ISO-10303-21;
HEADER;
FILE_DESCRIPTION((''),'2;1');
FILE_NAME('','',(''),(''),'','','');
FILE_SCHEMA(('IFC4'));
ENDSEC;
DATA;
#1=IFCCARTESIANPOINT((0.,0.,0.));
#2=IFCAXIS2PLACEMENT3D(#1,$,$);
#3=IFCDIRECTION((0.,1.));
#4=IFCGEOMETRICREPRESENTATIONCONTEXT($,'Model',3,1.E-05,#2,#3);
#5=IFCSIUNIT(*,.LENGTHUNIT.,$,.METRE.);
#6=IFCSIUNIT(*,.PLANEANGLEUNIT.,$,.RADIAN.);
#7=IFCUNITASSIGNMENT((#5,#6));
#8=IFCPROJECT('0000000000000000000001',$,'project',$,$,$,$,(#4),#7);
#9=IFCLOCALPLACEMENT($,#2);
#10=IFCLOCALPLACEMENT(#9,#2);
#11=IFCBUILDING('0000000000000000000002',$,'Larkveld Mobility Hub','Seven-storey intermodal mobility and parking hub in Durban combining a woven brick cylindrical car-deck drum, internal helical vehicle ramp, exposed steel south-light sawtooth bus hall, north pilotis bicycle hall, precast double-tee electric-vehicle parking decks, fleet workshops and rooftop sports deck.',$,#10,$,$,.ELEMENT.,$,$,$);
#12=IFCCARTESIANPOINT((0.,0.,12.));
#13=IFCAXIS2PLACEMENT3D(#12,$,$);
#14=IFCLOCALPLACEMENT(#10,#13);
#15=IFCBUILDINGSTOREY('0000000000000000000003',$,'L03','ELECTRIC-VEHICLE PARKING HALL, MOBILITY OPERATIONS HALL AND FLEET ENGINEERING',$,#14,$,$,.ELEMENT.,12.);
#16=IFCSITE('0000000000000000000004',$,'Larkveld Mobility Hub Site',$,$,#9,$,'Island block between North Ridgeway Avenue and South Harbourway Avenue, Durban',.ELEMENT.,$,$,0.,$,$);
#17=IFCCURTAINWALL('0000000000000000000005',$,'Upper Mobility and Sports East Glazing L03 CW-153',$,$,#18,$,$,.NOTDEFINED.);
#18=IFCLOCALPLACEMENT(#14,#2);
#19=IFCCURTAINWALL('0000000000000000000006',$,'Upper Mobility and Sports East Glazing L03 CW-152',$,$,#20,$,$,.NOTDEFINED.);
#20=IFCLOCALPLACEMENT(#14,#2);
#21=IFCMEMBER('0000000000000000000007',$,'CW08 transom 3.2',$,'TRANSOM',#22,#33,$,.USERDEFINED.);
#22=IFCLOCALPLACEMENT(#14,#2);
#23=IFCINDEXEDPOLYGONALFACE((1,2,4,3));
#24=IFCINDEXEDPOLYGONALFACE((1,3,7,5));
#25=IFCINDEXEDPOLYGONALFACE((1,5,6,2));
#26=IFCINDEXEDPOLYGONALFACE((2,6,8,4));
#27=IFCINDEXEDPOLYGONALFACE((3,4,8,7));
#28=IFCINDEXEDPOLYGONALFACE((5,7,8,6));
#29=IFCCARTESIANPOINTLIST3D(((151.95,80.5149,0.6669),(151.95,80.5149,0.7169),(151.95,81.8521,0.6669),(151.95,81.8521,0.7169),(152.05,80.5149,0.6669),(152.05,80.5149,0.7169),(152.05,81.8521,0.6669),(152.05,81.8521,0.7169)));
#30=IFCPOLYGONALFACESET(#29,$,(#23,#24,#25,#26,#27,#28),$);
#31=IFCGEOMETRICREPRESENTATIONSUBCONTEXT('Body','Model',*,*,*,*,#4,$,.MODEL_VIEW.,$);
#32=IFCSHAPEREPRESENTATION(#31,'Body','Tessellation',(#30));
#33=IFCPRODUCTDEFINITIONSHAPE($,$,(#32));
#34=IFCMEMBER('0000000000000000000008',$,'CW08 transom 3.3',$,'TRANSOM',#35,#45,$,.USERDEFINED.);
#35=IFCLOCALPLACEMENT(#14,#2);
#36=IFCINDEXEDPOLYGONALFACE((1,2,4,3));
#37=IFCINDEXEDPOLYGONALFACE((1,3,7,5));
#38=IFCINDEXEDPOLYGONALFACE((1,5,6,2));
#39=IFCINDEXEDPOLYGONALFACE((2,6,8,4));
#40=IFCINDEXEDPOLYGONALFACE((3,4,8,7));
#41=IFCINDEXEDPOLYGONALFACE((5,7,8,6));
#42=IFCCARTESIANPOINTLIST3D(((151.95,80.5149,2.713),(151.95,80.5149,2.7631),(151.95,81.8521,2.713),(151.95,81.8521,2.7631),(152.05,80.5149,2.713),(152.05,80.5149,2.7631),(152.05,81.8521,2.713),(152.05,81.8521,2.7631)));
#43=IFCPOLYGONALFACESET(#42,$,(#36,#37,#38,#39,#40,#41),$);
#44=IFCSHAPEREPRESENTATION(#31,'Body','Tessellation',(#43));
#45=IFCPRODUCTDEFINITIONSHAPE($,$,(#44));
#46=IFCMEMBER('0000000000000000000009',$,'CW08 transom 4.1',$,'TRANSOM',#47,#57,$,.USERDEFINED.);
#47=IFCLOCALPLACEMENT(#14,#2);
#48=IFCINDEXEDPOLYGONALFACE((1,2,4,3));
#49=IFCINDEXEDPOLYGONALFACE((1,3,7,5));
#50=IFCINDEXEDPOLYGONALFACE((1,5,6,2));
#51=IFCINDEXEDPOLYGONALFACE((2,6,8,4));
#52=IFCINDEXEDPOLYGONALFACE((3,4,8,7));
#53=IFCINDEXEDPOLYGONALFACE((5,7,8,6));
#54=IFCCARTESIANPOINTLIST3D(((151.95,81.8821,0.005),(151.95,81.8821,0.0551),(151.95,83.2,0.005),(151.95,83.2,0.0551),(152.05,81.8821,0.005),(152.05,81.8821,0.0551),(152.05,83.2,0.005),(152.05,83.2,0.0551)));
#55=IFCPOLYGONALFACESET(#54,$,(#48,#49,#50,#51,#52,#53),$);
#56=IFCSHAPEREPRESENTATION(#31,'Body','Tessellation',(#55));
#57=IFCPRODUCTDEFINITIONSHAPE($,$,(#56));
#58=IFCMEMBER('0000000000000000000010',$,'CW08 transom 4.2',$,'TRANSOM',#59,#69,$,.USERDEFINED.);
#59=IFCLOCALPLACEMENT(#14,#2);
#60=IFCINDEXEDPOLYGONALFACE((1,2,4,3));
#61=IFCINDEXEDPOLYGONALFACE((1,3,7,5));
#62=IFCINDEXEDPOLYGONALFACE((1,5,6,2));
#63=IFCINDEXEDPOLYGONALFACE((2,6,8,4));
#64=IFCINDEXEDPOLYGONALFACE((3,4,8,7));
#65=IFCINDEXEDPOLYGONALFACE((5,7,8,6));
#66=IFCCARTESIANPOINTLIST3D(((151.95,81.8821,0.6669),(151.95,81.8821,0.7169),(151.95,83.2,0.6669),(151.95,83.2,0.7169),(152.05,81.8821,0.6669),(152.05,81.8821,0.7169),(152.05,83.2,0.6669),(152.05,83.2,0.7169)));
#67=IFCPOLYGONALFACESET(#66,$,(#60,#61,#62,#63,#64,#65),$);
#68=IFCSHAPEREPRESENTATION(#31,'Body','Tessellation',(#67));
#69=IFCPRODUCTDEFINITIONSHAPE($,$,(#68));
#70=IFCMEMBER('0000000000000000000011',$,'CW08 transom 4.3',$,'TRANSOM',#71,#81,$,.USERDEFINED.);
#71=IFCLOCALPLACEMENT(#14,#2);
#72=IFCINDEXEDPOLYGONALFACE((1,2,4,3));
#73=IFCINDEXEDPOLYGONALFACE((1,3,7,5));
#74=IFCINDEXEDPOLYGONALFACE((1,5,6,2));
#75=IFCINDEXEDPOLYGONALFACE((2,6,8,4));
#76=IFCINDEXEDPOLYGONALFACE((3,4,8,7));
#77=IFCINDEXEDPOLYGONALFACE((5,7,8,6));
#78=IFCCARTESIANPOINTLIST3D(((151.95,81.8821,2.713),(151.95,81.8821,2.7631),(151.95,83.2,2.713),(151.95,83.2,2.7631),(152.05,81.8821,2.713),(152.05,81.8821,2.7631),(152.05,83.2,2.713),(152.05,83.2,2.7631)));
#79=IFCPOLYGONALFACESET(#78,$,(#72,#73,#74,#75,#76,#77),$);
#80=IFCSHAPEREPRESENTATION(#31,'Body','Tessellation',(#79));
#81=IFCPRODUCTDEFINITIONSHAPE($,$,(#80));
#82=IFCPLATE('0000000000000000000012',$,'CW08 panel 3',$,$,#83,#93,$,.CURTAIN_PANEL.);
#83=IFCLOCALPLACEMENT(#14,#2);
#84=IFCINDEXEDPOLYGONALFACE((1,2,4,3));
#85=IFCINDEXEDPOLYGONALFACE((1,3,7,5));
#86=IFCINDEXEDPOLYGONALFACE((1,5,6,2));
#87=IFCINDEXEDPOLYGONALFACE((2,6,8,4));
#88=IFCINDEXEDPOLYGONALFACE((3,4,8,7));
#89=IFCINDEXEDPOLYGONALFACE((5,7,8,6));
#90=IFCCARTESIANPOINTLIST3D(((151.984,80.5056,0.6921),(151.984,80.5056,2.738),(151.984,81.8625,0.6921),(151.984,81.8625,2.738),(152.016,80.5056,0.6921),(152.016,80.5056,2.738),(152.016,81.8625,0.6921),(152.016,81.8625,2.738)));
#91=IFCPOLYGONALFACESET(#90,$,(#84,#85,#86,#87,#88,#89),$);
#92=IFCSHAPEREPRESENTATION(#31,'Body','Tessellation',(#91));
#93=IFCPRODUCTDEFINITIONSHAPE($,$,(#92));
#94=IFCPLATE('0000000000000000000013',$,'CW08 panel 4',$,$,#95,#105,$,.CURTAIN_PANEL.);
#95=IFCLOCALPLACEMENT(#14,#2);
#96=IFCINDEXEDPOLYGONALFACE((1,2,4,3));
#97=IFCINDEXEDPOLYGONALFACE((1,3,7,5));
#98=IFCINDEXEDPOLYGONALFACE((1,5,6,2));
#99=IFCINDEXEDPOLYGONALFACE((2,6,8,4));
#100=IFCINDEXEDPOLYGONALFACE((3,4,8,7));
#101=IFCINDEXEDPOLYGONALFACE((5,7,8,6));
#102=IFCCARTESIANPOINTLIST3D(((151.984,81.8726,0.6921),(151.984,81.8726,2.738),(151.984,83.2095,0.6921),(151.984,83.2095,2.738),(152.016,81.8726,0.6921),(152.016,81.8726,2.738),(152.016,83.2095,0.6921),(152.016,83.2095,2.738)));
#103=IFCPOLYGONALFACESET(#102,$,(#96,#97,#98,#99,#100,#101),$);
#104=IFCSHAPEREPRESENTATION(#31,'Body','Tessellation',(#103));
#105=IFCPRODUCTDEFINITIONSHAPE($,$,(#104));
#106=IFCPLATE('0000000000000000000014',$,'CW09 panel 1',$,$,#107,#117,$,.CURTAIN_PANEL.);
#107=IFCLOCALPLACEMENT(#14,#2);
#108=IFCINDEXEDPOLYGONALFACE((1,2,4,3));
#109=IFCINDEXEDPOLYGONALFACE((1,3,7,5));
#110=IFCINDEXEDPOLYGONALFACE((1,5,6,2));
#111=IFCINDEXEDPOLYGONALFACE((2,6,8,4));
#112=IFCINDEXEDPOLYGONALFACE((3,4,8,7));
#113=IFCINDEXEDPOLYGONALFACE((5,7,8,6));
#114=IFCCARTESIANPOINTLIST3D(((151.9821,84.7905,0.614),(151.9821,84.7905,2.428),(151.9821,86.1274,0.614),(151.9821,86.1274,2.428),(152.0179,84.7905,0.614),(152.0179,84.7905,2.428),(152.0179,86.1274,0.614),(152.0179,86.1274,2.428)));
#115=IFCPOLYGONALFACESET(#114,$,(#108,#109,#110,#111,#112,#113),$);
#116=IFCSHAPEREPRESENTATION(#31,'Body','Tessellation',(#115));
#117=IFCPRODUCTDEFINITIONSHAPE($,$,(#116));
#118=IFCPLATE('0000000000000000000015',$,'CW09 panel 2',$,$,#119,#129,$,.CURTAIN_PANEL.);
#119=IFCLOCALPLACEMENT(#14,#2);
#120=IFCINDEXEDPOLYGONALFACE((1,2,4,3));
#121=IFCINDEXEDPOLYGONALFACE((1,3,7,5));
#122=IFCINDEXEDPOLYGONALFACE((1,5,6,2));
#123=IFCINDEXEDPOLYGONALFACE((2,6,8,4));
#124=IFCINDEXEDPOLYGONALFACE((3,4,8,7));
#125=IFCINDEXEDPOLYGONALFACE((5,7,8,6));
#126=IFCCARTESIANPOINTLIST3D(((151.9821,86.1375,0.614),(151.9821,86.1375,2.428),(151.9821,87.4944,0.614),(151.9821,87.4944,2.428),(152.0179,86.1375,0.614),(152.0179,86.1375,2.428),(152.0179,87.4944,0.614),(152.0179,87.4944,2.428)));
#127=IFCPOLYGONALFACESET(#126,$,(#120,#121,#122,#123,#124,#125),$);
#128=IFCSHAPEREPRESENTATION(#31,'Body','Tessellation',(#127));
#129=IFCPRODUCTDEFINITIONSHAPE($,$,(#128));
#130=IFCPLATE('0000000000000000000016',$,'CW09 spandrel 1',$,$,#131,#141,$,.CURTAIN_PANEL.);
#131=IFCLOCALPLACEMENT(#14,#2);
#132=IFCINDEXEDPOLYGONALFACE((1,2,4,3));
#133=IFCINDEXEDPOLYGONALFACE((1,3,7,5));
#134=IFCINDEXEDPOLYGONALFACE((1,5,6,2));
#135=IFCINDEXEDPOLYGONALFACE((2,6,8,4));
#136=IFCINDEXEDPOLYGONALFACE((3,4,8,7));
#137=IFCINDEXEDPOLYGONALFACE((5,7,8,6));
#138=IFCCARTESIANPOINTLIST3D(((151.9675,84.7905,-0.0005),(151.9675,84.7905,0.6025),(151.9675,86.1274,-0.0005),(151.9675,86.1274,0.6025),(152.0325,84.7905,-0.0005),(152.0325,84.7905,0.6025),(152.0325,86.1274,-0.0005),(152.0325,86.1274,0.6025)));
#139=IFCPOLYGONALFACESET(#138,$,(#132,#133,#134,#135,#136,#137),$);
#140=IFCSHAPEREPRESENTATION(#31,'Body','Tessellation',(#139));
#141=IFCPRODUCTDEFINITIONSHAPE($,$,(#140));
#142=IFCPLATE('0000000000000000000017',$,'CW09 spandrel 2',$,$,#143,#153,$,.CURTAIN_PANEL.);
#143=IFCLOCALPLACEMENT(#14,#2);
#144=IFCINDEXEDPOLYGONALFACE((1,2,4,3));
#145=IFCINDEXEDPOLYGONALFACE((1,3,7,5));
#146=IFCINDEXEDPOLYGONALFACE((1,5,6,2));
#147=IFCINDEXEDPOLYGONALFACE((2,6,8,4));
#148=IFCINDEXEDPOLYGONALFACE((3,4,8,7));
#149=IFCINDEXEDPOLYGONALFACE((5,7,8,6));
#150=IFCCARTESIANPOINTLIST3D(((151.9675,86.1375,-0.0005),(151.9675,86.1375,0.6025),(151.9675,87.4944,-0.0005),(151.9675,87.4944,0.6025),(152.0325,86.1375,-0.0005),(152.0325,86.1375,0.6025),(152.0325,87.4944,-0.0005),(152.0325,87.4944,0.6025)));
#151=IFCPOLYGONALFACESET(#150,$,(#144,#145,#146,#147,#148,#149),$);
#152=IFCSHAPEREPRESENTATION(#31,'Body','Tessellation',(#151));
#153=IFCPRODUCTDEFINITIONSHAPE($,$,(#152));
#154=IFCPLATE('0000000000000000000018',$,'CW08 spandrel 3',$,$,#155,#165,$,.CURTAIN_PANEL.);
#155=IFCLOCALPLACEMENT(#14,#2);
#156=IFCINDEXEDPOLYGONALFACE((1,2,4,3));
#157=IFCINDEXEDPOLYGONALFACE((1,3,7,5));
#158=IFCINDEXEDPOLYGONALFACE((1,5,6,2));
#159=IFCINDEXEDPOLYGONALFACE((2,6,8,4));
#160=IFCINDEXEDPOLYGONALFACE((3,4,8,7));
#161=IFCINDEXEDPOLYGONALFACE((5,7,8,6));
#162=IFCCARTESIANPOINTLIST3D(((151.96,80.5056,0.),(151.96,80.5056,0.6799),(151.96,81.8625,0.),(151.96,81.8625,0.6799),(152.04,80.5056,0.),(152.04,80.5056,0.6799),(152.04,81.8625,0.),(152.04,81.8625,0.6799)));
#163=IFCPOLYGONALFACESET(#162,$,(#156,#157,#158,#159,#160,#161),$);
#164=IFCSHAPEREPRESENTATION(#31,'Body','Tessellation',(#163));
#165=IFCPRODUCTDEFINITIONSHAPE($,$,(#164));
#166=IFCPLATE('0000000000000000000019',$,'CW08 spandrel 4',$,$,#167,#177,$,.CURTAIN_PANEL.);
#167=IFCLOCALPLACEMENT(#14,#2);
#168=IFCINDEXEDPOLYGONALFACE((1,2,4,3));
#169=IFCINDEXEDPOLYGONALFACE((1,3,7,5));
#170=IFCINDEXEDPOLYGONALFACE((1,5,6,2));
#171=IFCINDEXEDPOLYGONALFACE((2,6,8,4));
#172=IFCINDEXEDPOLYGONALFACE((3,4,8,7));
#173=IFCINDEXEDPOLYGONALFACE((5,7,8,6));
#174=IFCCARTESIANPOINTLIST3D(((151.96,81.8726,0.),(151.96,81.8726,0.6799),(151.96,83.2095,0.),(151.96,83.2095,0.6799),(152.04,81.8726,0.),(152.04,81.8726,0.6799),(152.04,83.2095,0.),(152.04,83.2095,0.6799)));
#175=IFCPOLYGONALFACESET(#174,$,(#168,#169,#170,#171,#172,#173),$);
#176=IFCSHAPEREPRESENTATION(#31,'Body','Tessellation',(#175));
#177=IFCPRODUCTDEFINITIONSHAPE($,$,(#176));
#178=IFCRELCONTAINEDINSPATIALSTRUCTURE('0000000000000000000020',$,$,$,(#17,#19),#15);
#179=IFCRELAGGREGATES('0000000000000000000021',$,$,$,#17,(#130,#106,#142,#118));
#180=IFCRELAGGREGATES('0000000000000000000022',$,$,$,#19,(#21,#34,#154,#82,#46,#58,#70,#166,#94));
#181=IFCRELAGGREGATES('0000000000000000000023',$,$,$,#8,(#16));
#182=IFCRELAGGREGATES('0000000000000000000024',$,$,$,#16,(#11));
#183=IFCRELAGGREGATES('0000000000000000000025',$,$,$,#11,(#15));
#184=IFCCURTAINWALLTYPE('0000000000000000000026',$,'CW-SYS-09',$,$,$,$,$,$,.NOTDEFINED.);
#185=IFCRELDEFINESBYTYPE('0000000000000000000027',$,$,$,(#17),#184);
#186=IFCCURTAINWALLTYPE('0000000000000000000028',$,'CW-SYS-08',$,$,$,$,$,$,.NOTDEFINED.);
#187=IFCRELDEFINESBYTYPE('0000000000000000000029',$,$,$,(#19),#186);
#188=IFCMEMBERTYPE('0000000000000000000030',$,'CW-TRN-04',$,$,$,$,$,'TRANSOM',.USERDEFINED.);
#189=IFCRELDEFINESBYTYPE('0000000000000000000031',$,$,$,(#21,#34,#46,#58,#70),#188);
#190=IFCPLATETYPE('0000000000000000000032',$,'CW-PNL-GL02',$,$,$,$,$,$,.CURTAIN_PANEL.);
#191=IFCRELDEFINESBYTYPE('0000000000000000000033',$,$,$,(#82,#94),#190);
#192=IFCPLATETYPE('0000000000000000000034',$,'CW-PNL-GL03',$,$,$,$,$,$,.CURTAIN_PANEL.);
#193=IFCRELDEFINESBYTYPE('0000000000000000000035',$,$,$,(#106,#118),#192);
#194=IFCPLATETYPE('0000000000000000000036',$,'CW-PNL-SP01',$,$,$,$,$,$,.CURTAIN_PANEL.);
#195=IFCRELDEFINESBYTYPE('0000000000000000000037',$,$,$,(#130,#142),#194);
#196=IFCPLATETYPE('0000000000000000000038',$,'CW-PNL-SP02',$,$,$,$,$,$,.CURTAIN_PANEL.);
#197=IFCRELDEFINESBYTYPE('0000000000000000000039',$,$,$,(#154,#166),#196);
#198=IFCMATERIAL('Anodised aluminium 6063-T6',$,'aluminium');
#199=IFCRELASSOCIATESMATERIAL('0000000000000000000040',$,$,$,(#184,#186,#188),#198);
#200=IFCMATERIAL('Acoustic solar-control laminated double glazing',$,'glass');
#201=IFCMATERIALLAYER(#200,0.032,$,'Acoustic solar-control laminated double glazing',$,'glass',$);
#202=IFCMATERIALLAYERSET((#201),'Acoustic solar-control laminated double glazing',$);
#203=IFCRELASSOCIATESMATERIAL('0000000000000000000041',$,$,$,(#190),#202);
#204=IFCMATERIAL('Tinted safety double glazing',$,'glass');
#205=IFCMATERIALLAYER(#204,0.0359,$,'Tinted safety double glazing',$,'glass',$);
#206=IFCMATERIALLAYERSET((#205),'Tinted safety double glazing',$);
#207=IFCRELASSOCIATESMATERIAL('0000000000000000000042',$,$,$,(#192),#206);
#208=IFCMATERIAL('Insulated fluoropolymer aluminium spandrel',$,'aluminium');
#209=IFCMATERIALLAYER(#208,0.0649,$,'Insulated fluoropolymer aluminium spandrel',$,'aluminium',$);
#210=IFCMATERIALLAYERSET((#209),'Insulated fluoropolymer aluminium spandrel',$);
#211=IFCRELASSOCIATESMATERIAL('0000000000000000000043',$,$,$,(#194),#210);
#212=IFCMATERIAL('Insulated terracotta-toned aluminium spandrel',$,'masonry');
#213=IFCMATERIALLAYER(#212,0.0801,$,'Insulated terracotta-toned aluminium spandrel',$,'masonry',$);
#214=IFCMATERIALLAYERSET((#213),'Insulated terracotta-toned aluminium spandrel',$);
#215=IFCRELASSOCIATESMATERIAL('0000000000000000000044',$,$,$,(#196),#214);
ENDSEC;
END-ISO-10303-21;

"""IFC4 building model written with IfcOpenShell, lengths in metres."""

from ifc_helpers import new_model, si_unit, direction, frame, origin, origin_2d, place, context, subcontext, project, spatial, rectangle, extrude, material, layer, layer_set, material_profile, profile_set, type_object, element, aggregate, save


model = new_model("IFC4")

# Units and contexts
model_context = context("Model", 3, precision=1e-05, world=origin(), true_north=direction((0.0, 1.0)))
body_context = subcontext(model_context, "Body", "Model", "MODEL_VIEW")
ifc_project = project(units=[si_unit("LENGTHUNIT", "METRE"), si_unit("PLANEANGLEUNIT", "RADIAN")], contexts=[model_context])

# Site, building, storey
site_placement = place(None, origin())
site = spatial("IfcSite", under=ifc_project, at=site_placement, Name="Larkveld Mobility Hub Site", LongName="Island block between North Ridgeway Avenue and South Harbourway Avenue, Durban", CompositionType="ELEMENT", RefElevation=0.0)
building_placement = place(site_placement, origin())
building = spatial("IfcBuilding", under=site, at=building_placement, Name="Larkveld Mobility Hub", Description="Seven-storey intermodal mobility and parking hub in Durban combining a woven brick cylindrical car-deck drum, internal helical vehicle ramp, exposed steel south-light sawtooth bus hall, north pilotis bicycle hall, precast double-tee electric-vehicle parking decks, fleet workshops and rooftop sports deck.", CompositionType="ELEMENT")
storey_placement = place(building_placement, frame((0.0, 0.0, 12.0)))
storey = spatial("IfcBuildingStorey", under=building, at=storey_placement, Name="L03", Description="ELECTRIC-VEHICLE PARKING HALL, MOBILITY OPERATIONS HALL AND FLEET ENGINEERING", CompositionType="ELEMENT", Elevation=12.0)

# Curtain walls
ifc_material_1 = material(Name="Anodised aluminium 6063-T6", Category="aluminium")
curtain_wall_type_1 = type_object("IfcCurtainWallType", Name="CW-SYS-09", PredefinedType="NOTDEFINED", material=ifc_material_1)
curtain_wall_1_placement = place(storey_placement, origin())
curtain_wall_1 = element("IfcCurtainWall", 1, at=curtain_wall_1_placement, inside=storey, type_object=curtain_wall_type_1, Name="Upper Mobility and Sports East Glazing L03 CW-153", PredefinedType="NOTDEFINED")
curtain_wall_type_2 = type_object("IfcCurtainWallType", Name="CW-SYS-08", PredefinedType="NOTDEFINED", material=ifc_material_1)
curtain_wall_2_placement = place(storey_placement, origin())
curtain_wall_2 = element("IfcCurtainWall", 2, at=curtain_wall_2_placement, inside=storey, type_object=curtain_wall_type_2, Name="Upper Mobility and Sports East Glazing L03 CW-152", PredefinedType="NOTDEFINED")

# Members
ifc_material_profile_1 = material_profile(ifc_material_1, rectangle(XDim=0.1001, YDim=0.05, at=origin_2d()), Name="ALU TRAN 50x100")
ifc_profile_set_1 = profile_set([ifc_material_profile_1], Name="Anodised aluminium 6063-T6")
member_type_1 = type_object("IfcMemberType", Name="CW-TRN-04", ElementType="TRANSOM", PredefinedType="USERDEFINED", material=ifc_profile_set_1)
member_1_placement = place(storey_placement, frame((152.0, 80.5149, 0.6919), z_axis=(0.0, 1.0, 0.0), x_axis=(-1.0, 0.0, 0.0)))
member_1 = element("IfcMember", 3, at=member_1_placement, type_object=member_type_1, Name="CW08 transom 3.2", ObjectType="TRANSOM", PredefinedType="USERDEFINED", context=body_context, shape_type="SweptSolid", body=[
    extrude(rectangle(XDim=0.1001, YDim=0.05, at=origin_2d()), origin(), (0.0, 0.0, 1.0), 1.3372),
])
member_2_placement = place(storey_placement, frame((152.0, 80.5149, 2.738), z_axis=(0.0, 1.0, 0.0), x_axis=(-1.0, 0.0, 0.0)))
member_2 = element("IfcMember", 4, at=member_2_placement, type_object=member_type_1, Name="CW08 transom 3.3", ObjectType="TRANSOM", PredefinedType="USERDEFINED", context=body_context, shape_type="SweptSolid", body=[
    extrude(rectangle(XDim=0.1001, YDim=0.05, at=origin_2d()), origin(), (0.0, 0.0, 1.0), 1.3372),
])
member_3_placement = place(storey_placement, frame((152.0, 81.8821, 0.03), z_axis=(0.0, 1.0, 0.0), x_axis=(-1.0, 0.0, 0.0)))
member_3 = element("IfcMember", 5, at=member_3_placement, type_object=member_type_1, Name="CW08 transom 4.1", ObjectType="TRANSOM", PredefinedType="USERDEFINED", context=body_context, shape_type="SweptSolid", body=[
    extrude(rectangle(XDim=0.1001, YDim=0.05, at=origin_2d()), origin(), (0.0, 0.0, 1.0), 1.3179),
])
member_4_placement = place(storey_placement, frame((152.0, 81.8821, 0.6919), z_axis=(0.0, 1.0, 0.0), x_axis=(-1.0, 0.0, 0.0)))
member_4 = element("IfcMember", 6, at=member_4_placement, type_object=member_type_1, Name="CW08 transom 4.2", ObjectType="TRANSOM", PredefinedType="USERDEFINED", context=body_context, shape_type="SweptSolid", body=[
    extrude(rectangle(XDim=0.1001, YDim=0.05, at=origin_2d()), origin(), (0.0, 0.0, 1.0), 1.3179),
])
member_5_placement = place(storey_placement, frame((152.0, 81.8821, 2.738), z_axis=(0.0, 1.0, 0.0), x_axis=(-1.0, 0.0, 0.0)))
member_5 = element("IfcMember", 7, at=member_5_placement, type_object=member_type_1, Name="CW08 transom 4.3", ObjectType="TRANSOM", PredefinedType="USERDEFINED", context=body_context, shape_type="SweptSolid", body=[
    extrude(rectangle(XDim=0.1001, YDim=0.05, at=origin_2d()), origin(), (0.0, 0.0, 1.0), 1.3179),
])

# Plates
ifc_material_2 = material(Name="Acoustic solar-control laminated double glazing", Category="glass")
ifc_layer_1 = layer(ifc_material_2, 0.032, Name="Acoustic solar-control laminated double glazing", Category="glass")
ifc_layer_set_1 = layer_set([ifc_layer_1], Name="Acoustic solar-control laminated double glazing")
plate_type_1 = type_object("IfcPlateType", Name="CW-PNL-GL02", PredefinedType="CURTAIN_PANEL", material=ifc_layer_set_1)
plate_1_placement = place(storey_placement, frame((152.0, 81.1841, 0.6921), z_axis=(0.0, 0.0, 1.0), x_axis=(0.0, 1.0, 0.0)))
plate_1 = element("IfcPlate", 8, at=plate_1_placement, type_object=plate_type_1, Name="CW08 panel 3", PredefinedType="CURTAIN_PANEL", context=body_context, shape_type="SweptSolid", body=[
    extrude(rectangle(XDim=1.3569, YDim=0.032, at=origin_2d()), origin(), (0.0, 0.0, 1.0), 2.0459),
])
plate_2_placement = place(storey_placement, frame((152.0, 82.541, 0.6921), z_axis=(0.0, 0.0, 1.0), x_axis=(0.0, 1.0, 0.0)))
plate_2 = element("IfcPlate", 9, at=plate_2_placement, type_object=plate_type_1, Name="CW08 panel 4", PredefinedType="CURTAIN_PANEL", context=body_context, shape_type="SweptSolid", body=[
    extrude(rectangle(XDim=1.3369, YDim=0.032, at=origin_2d()), origin(), (0.0, 0.0, 1.0), 2.0459),
])
ifc_material_3 = material(Name="Tinted safety double glazing", Category="glass")
ifc_layer_2 = layer(ifc_material_3, 0.0359, Name="Tinted safety double glazing", Category="glass")
ifc_layer_set_2 = layer_set([ifc_layer_2], Name="Tinted safety double glazing")
plate_type_2 = type_object("IfcPlateType", Name="CW-PNL-GL03", PredefinedType="CURTAIN_PANEL", material=ifc_layer_set_2)
plate_3_placement = place(storey_placement, frame((152.0, 85.459, 0.614), z_axis=(0.0, 0.0, 1.0), x_axis=(0.0, 1.0, 0.0)))
plate_3 = element("IfcPlate", 10, at=plate_3_placement, type_object=plate_type_2, Name="CW09 panel 1", PredefinedType="CURTAIN_PANEL", context=body_context, shape_type="SweptSolid", body=[
    extrude(rectangle(XDim=1.3369, YDim=0.0359, at=origin_2d()), origin(), (0.0, 0.0, 1.0), 1.814),
])
plate_4_placement = place(storey_placement, frame((152.0, 86.8159, 0.614), z_axis=(0.0, 0.0, 1.0), x_axis=(0.0, 1.0, 0.0)))
plate_4 = element("IfcPlate", 11, at=plate_4_placement, type_object=plate_type_2, Name="CW09 panel 2", PredefinedType="CURTAIN_PANEL", context=body_context, shape_type="SweptSolid", body=[
    extrude(rectangle(XDim=1.3569, YDim=0.0359, at=origin_2d()), origin(), (0.0, 0.0, 1.0), 1.814),
])
ifc_material_4 = material(Name="Insulated fluoropolymer aluminium spandrel", Category="aluminium")
ifc_layer_3 = layer(ifc_material_4, 0.0649, Name="Insulated fluoropolymer aluminium spandrel", Category="aluminium")
ifc_layer_set_3 = layer_set([ifc_layer_3], Name="Insulated fluoropolymer aluminium spandrel")
plate_type_3 = type_object("IfcPlateType", Name="CW-PNL-SP01", PredefinedType="CURTAIN_PANEL", material=ifc_layer_set_3)
plate_5_placement = place(storey_placement, frame((152.0, 85.459, -0.0005), z_axis=(0.0, 0.0, 1.0), x_axis=(0.0, 1.0, 0.0)))
plate_5 = element("IfcPlate", 12, at=plate_5_placement, type_object=plate_type_3, Name="CW09 spandrel 1", PredefinedType="CURTAIN_PANEL", context=body_context, shape_type="SweptSolid", body=[
    extrude(rectangle(XDim=1.3369, YDim=0.0649, at=origin_2d()), origin(), (0.0, 0.0, 1.0), 0.603),
])
plate_6_placement = place(storey_placement, frame((152.0, 86.8159, -0.0005), z_axis=(0.0, 0.0, 1.0), x_axis=(0.0, 1.0, 0.0)))
plate_6 = element("IfcPlate", 13, at=plate_6_placement, type_object=plate_type_3, Name="CW09 spandrel 2", PredefinedType="CURTAIN_PANEL", context=body_context, shape_type="SweptSolid", body=[
    extrude(rectangle(XDim=1.3569, YDim=0.0649, at=origin_2d()), origin(), (0.0, 0.0, 1.0), 0.603),
])
aggregate(curtain_wall_1, [plate_5, plate_3, plate_6, plate_4])
ifc_material_5 = material(Name="Insulated terracotta-toned aluminium spandrel", Category="masonry")
ifc_layer_4 = layer(ifc_material_5, 0.0801, Name="Insulated terracotta-toned aluminium spandrel", Category="masonry")
ifc_layer_set_4 = layer_set([ifc_layer_4], Name="Insulated terracotta-toned aluminium spandrel")
plate_type_4 = type_object("IfcPlateType", Name="CW-PNL-SP02", PredefinedType="CURTAIN_PANEL", material=ifc_layer_set_4)
plate_7_placement = place(storey_placement, frame((152.0, 81.1841, 0.0), z_axis=(0.0, 0.0, 1.0), x_axis=(0.0, 1.0, 0.0)))
plate_7 = element("IfcPlate", 14, at=plate_7_placement, type_object=plate_type_4, Name="CW08 spandrel 3", PredefinedType="CURTAIN_PANEL", context=body_context, shape_type="SweptSolid", body=[
    extrude(rectangle(XDim=1.3569, YDim=0.0801, at=origin_2d()), origin(), (0.0, 0.0, 1.0), 0.6799),
])
plate_8_placement = place(storey_placement, frame((152.0, 82.541, 0.0), z_axis=(0.0, 0.0, 1.0), x_axis=(0.0, 1.0, 0.0)))
plate_8 = element("IfcPlate", 15, at=plate_8_placement, type_object=plate_type_4, Name="CW08 spandrel 4", PredefinedType="CURTAIN_PANEL", context=body_context, shape_type="SweptSolid", body=[
    extrude(rectangle(XDim=1.3369, YDim=0.0801, at=origin_2d()), origin(), (0.0, 0.0, 1.0), 0.6799),
])
aggregate(curtain_wall_2, [member_1, member_2, plate_7, plate_1, member_3, member_4, member_5, plate_8, plate_2])

save(model, "model.ifc")
